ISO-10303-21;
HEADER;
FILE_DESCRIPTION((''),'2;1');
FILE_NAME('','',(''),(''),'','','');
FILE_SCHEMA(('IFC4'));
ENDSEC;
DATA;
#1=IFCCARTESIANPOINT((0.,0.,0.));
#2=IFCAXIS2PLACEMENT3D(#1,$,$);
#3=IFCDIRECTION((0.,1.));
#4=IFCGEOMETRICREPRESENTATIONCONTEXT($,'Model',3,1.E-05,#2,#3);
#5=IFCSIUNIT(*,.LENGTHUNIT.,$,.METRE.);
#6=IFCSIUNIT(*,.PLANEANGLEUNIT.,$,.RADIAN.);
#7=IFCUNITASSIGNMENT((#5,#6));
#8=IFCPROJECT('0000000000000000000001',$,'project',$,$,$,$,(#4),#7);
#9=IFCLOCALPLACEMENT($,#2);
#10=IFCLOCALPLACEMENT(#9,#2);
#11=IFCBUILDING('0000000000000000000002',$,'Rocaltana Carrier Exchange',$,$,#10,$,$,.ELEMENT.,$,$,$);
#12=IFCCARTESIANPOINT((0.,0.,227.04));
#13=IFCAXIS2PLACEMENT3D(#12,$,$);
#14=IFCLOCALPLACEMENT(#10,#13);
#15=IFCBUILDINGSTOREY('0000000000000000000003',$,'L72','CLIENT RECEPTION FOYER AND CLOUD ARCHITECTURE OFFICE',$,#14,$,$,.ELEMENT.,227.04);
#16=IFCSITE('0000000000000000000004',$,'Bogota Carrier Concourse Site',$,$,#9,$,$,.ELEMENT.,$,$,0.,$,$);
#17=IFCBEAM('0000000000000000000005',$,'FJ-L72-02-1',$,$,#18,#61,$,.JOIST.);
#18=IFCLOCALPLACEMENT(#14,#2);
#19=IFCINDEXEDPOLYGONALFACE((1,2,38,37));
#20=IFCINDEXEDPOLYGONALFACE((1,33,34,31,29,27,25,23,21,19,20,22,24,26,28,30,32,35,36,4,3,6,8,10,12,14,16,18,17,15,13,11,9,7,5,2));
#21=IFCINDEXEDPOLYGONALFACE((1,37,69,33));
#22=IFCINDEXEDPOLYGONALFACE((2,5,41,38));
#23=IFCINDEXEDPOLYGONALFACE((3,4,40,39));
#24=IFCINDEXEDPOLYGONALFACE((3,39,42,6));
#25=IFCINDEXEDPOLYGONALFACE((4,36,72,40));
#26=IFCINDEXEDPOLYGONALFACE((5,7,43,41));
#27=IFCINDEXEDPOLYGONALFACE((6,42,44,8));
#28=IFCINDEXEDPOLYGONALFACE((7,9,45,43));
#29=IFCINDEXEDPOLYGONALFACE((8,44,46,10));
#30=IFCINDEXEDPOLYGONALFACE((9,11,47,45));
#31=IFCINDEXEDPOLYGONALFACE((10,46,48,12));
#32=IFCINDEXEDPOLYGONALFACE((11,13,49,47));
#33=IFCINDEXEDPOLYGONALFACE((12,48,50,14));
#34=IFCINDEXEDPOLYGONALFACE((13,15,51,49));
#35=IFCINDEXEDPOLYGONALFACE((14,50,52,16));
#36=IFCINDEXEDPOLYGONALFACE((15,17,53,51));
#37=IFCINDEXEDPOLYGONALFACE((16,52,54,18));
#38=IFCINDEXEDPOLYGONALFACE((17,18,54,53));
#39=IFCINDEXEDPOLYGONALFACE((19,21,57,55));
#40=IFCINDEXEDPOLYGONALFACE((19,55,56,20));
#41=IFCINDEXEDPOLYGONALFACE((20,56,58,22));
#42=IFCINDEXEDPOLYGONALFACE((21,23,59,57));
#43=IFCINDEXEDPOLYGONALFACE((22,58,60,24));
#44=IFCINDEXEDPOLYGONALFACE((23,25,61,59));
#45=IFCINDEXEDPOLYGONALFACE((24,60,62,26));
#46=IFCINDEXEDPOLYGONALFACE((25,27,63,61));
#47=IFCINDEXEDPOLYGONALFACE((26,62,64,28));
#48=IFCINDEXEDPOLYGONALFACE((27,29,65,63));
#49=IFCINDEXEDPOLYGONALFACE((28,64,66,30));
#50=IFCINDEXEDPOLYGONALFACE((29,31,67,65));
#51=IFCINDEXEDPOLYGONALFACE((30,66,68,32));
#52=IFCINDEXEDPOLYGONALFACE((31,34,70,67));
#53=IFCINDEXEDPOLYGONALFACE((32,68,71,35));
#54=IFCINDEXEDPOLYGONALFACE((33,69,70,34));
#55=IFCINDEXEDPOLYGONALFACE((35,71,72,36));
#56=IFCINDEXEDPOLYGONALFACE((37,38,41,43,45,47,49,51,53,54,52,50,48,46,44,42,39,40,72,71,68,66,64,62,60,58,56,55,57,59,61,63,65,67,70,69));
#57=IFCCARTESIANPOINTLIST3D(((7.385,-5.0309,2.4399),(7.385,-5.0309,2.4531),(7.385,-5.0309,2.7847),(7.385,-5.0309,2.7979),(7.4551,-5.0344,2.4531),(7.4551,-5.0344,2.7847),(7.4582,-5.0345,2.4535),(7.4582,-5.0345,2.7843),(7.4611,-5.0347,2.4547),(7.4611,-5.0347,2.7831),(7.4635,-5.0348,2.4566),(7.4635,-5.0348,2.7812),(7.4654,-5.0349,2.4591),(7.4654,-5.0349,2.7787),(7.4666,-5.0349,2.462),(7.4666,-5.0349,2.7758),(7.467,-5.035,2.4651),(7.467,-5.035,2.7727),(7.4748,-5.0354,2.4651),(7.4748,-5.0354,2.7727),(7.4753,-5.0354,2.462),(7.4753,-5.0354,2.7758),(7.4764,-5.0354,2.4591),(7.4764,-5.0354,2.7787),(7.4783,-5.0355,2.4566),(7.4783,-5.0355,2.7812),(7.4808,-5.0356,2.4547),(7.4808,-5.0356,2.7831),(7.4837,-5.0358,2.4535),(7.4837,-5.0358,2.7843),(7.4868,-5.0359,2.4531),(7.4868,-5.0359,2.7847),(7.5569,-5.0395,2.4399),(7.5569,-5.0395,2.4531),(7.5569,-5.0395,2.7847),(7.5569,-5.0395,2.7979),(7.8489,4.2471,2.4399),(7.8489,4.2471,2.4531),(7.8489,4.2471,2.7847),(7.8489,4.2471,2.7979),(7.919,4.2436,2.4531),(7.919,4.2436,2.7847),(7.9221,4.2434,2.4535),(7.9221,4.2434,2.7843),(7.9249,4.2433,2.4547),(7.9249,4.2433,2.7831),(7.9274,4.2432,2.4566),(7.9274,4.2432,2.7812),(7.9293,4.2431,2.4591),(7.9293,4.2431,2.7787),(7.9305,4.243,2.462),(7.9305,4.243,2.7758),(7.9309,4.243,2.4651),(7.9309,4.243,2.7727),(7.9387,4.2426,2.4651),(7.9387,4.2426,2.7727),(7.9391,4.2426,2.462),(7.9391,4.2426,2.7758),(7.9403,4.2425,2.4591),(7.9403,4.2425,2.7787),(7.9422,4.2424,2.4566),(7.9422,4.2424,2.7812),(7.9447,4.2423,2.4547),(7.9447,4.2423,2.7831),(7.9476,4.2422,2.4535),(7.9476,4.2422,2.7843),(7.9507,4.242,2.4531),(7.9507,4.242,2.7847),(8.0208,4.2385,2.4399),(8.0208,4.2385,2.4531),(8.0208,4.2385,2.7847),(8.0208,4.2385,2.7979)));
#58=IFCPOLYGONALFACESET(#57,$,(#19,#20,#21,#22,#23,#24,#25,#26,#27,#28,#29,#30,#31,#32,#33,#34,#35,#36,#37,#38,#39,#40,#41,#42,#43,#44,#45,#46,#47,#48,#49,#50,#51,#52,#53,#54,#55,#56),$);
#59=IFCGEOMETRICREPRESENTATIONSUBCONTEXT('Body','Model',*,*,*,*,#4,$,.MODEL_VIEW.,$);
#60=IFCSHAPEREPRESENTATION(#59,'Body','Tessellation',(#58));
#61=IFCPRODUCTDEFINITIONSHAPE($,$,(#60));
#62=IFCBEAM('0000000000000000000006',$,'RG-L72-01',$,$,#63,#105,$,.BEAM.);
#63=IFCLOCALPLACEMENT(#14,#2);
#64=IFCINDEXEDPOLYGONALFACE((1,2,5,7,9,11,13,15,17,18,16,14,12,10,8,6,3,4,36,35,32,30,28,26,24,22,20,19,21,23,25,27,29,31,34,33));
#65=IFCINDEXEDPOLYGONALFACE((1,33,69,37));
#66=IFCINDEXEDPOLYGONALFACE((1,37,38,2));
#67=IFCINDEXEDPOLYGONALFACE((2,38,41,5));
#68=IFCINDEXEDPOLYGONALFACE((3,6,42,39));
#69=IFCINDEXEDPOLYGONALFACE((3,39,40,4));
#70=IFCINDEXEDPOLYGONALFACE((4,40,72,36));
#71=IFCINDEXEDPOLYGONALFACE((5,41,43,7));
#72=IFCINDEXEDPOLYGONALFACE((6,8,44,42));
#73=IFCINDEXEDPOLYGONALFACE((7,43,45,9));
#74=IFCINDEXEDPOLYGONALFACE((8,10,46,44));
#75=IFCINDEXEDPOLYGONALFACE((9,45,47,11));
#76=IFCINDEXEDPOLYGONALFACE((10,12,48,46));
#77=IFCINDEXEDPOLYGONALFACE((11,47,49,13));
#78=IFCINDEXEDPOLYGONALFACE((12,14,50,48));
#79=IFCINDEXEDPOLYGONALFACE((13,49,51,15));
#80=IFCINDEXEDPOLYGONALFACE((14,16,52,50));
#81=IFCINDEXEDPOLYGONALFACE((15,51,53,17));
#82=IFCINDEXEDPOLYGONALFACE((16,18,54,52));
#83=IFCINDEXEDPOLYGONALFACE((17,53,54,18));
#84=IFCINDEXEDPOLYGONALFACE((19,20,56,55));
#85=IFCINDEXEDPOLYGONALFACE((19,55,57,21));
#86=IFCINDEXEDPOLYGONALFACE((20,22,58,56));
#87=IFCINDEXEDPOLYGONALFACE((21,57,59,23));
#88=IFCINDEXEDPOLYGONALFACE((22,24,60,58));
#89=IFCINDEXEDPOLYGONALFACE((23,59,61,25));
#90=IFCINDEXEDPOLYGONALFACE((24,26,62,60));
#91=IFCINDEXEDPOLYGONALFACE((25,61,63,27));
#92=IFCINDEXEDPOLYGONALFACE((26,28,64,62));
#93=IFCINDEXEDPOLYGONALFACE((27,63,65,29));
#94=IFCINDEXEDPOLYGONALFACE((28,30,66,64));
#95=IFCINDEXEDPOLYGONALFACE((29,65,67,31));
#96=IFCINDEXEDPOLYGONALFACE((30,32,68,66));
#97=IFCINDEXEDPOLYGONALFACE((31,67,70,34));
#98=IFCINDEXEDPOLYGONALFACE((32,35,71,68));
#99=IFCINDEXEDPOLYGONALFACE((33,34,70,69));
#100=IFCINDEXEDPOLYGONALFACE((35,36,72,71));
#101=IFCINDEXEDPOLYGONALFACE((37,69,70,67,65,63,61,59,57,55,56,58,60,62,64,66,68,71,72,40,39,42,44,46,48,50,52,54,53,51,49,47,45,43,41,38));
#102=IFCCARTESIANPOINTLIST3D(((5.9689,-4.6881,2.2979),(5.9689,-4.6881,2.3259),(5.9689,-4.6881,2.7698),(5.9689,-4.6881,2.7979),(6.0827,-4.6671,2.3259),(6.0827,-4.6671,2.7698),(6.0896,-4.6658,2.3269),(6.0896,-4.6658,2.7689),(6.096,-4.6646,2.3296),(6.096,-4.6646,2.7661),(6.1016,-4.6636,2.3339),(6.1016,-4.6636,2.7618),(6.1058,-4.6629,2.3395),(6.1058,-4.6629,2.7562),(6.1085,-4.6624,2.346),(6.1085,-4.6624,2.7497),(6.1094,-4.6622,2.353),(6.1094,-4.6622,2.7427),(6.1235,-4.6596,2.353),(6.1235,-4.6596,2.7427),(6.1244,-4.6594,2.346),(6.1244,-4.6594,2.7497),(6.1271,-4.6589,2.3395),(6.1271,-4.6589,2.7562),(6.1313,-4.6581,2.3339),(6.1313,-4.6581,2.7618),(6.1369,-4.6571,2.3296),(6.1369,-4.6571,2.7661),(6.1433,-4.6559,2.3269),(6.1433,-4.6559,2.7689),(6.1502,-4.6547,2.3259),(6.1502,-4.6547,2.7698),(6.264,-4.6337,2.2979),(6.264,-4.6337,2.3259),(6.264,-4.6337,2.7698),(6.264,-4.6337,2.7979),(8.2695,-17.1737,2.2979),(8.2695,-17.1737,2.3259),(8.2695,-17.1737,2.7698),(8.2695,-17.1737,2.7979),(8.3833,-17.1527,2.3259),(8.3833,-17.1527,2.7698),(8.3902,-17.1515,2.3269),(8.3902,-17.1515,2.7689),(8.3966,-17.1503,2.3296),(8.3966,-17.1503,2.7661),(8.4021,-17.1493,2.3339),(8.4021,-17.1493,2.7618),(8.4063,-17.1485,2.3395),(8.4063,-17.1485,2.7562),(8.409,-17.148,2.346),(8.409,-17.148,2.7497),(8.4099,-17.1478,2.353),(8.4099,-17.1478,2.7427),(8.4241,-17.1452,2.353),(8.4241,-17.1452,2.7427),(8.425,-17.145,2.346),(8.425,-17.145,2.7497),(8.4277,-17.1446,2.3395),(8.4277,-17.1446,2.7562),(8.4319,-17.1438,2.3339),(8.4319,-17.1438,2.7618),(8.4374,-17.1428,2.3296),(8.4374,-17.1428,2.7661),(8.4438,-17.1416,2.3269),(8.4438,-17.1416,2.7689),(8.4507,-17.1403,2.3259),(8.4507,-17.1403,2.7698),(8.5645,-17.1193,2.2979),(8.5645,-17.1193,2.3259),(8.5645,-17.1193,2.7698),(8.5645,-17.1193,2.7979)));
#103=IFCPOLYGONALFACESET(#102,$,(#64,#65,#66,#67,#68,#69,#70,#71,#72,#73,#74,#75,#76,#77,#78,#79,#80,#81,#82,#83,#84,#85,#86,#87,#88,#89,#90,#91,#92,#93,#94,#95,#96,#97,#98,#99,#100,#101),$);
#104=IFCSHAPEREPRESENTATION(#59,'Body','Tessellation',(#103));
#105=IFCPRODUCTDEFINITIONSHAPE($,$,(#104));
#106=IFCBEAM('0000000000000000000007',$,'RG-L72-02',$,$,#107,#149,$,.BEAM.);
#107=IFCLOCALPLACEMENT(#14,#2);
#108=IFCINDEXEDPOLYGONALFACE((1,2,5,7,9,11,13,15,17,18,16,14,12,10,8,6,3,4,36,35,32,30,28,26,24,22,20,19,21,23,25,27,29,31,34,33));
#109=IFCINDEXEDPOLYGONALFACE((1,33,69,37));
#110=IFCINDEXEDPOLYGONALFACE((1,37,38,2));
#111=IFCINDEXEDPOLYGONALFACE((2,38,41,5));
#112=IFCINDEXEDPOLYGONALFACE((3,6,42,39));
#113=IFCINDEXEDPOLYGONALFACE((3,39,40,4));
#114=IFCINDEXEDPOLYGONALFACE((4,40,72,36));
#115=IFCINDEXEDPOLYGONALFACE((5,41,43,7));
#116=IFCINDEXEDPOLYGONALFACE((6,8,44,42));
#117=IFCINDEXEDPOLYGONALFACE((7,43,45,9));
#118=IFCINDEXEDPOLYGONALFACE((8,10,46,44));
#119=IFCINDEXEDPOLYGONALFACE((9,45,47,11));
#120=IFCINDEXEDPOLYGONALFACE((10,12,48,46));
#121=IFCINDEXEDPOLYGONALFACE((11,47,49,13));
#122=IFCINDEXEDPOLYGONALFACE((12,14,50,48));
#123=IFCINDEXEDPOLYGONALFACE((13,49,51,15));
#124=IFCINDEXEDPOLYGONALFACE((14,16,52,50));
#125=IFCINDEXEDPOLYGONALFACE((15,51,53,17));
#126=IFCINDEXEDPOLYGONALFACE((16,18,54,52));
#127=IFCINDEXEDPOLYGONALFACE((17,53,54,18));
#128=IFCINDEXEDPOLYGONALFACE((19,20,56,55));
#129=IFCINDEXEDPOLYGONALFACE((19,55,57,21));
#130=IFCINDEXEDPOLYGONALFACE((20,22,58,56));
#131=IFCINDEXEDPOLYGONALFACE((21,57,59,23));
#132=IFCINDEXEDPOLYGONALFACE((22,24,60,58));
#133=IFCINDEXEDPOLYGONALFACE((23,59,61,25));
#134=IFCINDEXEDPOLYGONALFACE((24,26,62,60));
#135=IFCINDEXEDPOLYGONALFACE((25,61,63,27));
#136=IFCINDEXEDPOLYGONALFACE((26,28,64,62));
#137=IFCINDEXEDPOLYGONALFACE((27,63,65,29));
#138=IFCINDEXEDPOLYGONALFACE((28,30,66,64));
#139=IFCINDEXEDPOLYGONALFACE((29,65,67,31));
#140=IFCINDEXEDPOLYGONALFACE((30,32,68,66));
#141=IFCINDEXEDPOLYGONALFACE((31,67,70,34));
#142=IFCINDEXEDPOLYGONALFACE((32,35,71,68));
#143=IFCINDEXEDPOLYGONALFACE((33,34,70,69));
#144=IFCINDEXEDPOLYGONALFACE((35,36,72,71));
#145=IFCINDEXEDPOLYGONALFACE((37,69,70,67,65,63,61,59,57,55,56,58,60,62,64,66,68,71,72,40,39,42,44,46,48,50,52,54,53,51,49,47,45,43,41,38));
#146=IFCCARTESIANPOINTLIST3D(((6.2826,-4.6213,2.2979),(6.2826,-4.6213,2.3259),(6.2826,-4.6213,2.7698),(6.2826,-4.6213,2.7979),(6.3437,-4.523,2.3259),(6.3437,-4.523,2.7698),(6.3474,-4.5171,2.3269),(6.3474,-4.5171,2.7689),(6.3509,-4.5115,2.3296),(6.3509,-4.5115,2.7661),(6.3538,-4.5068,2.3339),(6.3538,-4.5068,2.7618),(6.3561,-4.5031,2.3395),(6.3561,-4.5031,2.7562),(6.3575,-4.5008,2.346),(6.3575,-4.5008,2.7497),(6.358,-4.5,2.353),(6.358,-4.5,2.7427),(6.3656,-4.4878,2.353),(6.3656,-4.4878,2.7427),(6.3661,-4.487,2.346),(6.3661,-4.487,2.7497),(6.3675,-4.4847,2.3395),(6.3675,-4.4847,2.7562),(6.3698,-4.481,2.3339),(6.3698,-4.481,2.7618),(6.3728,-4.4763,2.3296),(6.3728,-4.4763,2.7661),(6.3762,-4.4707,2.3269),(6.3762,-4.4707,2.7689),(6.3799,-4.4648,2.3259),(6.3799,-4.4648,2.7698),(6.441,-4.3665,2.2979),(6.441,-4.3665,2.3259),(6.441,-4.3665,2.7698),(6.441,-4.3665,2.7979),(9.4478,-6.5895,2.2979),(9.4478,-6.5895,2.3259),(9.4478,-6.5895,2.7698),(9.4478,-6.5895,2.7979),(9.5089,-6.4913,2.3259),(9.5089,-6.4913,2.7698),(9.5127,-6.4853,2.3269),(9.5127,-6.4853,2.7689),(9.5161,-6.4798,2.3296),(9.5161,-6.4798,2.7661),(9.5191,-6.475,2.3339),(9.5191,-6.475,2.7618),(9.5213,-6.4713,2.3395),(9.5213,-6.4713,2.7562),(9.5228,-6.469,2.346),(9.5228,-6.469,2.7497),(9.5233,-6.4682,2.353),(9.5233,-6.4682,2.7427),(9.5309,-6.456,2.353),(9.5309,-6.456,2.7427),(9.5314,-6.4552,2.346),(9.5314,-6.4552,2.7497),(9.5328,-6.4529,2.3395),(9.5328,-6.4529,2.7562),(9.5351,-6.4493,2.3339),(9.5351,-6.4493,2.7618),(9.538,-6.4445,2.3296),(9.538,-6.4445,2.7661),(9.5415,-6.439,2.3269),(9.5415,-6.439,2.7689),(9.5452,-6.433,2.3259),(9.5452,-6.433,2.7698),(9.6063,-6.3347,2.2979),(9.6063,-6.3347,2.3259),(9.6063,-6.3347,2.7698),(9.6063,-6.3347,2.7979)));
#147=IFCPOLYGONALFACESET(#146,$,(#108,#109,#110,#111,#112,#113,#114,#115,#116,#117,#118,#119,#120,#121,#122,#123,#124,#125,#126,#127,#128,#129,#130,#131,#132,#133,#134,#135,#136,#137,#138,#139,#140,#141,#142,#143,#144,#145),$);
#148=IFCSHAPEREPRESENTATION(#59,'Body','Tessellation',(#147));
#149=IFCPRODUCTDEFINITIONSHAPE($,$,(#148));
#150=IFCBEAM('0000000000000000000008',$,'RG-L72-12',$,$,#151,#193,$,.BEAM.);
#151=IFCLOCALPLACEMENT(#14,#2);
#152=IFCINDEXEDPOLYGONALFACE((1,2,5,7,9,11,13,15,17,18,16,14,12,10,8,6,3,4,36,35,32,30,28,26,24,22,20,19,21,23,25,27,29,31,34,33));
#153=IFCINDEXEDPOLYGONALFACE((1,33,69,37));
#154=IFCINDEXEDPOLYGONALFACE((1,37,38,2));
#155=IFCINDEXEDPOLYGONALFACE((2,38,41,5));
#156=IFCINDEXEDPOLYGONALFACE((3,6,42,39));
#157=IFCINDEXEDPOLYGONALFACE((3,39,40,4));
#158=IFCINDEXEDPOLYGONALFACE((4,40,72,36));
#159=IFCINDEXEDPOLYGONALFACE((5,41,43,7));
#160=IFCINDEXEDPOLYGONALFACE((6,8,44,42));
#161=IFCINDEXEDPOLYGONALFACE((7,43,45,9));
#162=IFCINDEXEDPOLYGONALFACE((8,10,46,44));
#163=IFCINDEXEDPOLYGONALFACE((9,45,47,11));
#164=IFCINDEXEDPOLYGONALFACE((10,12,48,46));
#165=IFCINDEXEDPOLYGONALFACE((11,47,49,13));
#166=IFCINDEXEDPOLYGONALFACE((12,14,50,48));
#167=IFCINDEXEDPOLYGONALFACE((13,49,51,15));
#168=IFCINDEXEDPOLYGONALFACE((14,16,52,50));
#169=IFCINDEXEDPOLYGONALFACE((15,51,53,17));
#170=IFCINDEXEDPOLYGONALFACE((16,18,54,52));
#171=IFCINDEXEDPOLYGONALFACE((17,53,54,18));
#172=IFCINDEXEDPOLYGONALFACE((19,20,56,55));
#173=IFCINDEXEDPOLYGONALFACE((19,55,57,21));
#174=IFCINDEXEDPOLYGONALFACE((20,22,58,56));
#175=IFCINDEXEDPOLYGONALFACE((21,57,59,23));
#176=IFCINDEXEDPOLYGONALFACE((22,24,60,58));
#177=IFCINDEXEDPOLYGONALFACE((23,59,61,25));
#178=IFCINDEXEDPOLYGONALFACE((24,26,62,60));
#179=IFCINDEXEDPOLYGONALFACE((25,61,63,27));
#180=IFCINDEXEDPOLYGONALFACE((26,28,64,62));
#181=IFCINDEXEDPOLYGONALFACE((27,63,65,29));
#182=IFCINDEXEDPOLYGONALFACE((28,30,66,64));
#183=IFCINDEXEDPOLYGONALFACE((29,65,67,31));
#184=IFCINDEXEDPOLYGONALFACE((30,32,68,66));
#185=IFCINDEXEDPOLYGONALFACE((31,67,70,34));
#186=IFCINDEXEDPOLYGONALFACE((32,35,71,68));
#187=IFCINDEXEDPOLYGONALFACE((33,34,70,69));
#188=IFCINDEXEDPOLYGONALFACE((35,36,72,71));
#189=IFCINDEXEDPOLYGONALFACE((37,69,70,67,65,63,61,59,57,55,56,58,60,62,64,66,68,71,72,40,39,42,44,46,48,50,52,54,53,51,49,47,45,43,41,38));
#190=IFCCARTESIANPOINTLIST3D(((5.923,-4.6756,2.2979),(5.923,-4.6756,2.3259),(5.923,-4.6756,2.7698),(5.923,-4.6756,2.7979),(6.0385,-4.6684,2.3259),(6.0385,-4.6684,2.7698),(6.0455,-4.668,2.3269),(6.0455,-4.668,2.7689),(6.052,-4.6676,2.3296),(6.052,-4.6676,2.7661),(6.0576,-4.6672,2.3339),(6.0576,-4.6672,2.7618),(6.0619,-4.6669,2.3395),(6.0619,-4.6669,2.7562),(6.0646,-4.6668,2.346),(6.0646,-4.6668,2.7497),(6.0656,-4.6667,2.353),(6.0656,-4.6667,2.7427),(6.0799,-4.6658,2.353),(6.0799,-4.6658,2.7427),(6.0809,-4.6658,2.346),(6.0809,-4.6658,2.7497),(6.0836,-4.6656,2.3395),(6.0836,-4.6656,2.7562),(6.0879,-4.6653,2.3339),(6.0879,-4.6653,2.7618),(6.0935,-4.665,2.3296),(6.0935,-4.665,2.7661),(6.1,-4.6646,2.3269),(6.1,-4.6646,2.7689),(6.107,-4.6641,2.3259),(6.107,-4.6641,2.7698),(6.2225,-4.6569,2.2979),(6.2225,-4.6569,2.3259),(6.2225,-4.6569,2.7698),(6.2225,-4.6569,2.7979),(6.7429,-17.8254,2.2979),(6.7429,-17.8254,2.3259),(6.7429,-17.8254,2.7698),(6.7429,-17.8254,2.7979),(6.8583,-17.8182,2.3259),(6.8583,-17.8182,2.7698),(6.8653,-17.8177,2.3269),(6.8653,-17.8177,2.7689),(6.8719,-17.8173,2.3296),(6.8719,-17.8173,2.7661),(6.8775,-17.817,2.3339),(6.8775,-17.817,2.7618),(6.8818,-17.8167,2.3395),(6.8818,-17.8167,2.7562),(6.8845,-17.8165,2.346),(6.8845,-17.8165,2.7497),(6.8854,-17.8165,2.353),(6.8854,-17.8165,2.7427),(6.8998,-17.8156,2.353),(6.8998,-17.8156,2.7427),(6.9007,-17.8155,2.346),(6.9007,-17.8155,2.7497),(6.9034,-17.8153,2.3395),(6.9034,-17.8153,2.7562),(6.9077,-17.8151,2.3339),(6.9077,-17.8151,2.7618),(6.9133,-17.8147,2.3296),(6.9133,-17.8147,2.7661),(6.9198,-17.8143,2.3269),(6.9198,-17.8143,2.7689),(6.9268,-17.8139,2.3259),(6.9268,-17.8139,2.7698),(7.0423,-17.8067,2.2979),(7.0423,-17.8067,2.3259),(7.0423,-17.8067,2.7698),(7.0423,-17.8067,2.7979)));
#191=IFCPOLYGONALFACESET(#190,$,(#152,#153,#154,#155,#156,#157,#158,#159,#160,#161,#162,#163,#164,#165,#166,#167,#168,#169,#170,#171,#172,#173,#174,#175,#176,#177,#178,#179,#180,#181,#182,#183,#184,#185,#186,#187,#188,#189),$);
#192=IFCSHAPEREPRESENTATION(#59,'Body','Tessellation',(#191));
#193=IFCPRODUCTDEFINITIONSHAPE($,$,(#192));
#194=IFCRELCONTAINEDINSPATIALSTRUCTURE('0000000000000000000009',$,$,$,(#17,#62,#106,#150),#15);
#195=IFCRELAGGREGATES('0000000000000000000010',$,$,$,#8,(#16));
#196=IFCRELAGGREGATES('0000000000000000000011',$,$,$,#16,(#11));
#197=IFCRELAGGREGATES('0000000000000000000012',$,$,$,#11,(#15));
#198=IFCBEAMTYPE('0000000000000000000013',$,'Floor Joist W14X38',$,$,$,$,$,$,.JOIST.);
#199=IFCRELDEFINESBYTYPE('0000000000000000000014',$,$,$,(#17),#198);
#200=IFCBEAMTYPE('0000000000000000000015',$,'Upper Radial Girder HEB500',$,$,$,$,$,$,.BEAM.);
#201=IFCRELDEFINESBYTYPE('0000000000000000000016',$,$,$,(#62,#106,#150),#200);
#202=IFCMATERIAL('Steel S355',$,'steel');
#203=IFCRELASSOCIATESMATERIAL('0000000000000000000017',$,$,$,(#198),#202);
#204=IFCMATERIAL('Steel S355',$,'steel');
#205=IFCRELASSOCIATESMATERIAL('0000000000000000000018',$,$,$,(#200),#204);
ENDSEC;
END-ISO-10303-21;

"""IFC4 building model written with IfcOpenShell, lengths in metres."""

from ifc_helpers import new_model, si_unit, direction, frame, origin, origin_2d, place, context, subcontext, project, spatial, i_section, extrude, material, material_profile, profile_set, type_object, element, save


model = new_model("IFC4")

# Units and contexts
model_context = context("Model", 3, precision=1e-05, world=origin(), true_north=direction((0.0, 1.0)))
body_context = subcontext(model_context, "Body", "Model", "MODEL_VIEW")
ifc_project = project(units=[si_unit("LENGTHUNIT", "METRE"), si_unit("PLANEANGLEUNIT", "RADIAN")], contexts=[model_context])

# Site, building, storey
site_placement = place(None, origin())
site = spatial("IfcSite", under=ifc_project, at=site_placement, Name="Bogota Carrier Concourse Site", CompositionType="ELEMENT", RefElevation=0.0)
building_placement = place(site_placement, origin())
building = spatial("IfcBuilding", under=site, at=building_placement, Name="Rocaltana Carrier Exchange", CompositionType="ELEMENT")
storey_placement = place(building_placement, frame((0.0, 0.0, 227.04)))
storey = spatial("IfcBuildingStorey", under=building, at=storey_placement, Name="L72", Description="CLIENT RECEPTION FOYER AND CLOUD ARCHITECTURE OFFICE", CompositionType="ELEMENT", Elevation=227.04)

# Beams
ifc_material_1 = material(Name="Steel S355", Category="steel")
ifc_material_profile_1 = material_profile(ifc_material_1, i_section(OverallWidth=0.1721, OverallDepth=0.3579, WebThickness=0.0078, FlangeThickness=0.0132, FilletRadius=0.012, at=origin_2d()), Name="W14X38")
ifc_profile_set_1 = profile_set([ifc_material_profile_1], Name="Steel S355")
beam_type_1 = type_object("IfcBeamType", Name="Floor Joist W14X38", PredefinedType="JOIST", material=ifc_profile_set_1)
beam_1_placement = place(storey_placement, frame((7.4709, -5.0352, 2.6189), z_axis=(0.049934, 0.998753, 0.0), x_axis=(-0.998753, 0.049934, 0.0)))
element("IfcBeam", 1, at=beam_1_placement, inside=storey, type_object=beam_type_1, Name="FJ-L72-02-1", PredefinedType="JOIST", context=body_context, shape_type="SweptSolid", body=[
    extrude(i_section(OverallWidth=0.1721, OverallDepth=0.3579, WebThickness=0.0078, FlangeThickness=0.0132, FilletRadius=0.012, at=origin_2d()), origin(), (0.0, 0.0, 1.0), 9.2896),
])
ifc_material_2 = material(Name="Steel S355", Category="steel")
ifc_material_profile_2 = material_profile(ifc_material_2, i_section(OverallWidth=0.3, OverallDepth=0.5, WebThickness=0.0144, FlangeThickness=0.0281, FilletRadius=0.0271, at=origin_2d()), Name="HEB500")
ifc_profile_set_2 = profile_set([ifc_material_profile_2], Name="Steel S355")
beam_type_2 = type_object("IfcBeamType", Name="Upper Radial Girder HEB500", PredefinedType="BEAM", material=ifc_profile_set_2)
beam_2_placement = place(storey_placement, frame((6.1165, -4.6609, 2.5479), z_axis=(0.181205, -0.983445, 0.0), x_axis=(0.983445, 0.181205, 0.0)))
element("IfcBeam", 2, at=beam_2_placement, inside=storey, type_object=beam_type_2, Name="RG-L72-01", PredefinedType="BEAM", context=body_context, shape_type="SweptSolid", body=[
    extrude(i_section(OverallWidth=0.3, OverallDepth=0.5, WebThickness=0.0144, FlangeThickness=0.0281, FilletRadius=0.0271, at=origin_2d()), origin(), (0.0, 0.0, 1.0), 12.6958),
])
beam_3_placement = place(storey_placement, frame((6.3618, -4.4939, 2.5479), z_axis=(0.849207, -0.528061, 0.0), x_axis=(0.528061, 0.849207, 0.0)))
element("IfcBeam", 3, at=beam_3_placement, inside=storey, type_object=beam_type_2, Name="RG-L72-02", PredefinedType="BEAM", context=body_context, shape_type="SweptSolid", body=[
    extrude(i_section(OverallWidth=0.3, OverallDepth=0.5, WebThickness=0.0144, FlangeThickness=0.0281, FilletRadius=0.0271, at=origin_2d()), origin(), (0.0, 0.0, 1.0), 3.7273),
])
beam_4_placement = place(storey_placement, frame((6.0728, -4.6663, 2.5479), z_axis=(0.062225, -0.998062, 0.0), x_axis=(0.998062, 0.062225, 0.0)))
element("IfcBeam", 4, at=beam_4_placement, inside=storey, type_object=beam_type_2, Name="RG-L72-12", PredefinedType="BEAM", context=body_context, shape_type="SweptSolid", body=[
    extrude(i_section(OverallWidth=0.3, OverallDepth=0.5, WebThickness=0.0144, FlangeThickness=0.0281, FilletRadius=0.0271, at=origin_2d()), origin(), (0.0, 0.0, 1.0), 13.1753),
])

save(model, "model.ifc")
